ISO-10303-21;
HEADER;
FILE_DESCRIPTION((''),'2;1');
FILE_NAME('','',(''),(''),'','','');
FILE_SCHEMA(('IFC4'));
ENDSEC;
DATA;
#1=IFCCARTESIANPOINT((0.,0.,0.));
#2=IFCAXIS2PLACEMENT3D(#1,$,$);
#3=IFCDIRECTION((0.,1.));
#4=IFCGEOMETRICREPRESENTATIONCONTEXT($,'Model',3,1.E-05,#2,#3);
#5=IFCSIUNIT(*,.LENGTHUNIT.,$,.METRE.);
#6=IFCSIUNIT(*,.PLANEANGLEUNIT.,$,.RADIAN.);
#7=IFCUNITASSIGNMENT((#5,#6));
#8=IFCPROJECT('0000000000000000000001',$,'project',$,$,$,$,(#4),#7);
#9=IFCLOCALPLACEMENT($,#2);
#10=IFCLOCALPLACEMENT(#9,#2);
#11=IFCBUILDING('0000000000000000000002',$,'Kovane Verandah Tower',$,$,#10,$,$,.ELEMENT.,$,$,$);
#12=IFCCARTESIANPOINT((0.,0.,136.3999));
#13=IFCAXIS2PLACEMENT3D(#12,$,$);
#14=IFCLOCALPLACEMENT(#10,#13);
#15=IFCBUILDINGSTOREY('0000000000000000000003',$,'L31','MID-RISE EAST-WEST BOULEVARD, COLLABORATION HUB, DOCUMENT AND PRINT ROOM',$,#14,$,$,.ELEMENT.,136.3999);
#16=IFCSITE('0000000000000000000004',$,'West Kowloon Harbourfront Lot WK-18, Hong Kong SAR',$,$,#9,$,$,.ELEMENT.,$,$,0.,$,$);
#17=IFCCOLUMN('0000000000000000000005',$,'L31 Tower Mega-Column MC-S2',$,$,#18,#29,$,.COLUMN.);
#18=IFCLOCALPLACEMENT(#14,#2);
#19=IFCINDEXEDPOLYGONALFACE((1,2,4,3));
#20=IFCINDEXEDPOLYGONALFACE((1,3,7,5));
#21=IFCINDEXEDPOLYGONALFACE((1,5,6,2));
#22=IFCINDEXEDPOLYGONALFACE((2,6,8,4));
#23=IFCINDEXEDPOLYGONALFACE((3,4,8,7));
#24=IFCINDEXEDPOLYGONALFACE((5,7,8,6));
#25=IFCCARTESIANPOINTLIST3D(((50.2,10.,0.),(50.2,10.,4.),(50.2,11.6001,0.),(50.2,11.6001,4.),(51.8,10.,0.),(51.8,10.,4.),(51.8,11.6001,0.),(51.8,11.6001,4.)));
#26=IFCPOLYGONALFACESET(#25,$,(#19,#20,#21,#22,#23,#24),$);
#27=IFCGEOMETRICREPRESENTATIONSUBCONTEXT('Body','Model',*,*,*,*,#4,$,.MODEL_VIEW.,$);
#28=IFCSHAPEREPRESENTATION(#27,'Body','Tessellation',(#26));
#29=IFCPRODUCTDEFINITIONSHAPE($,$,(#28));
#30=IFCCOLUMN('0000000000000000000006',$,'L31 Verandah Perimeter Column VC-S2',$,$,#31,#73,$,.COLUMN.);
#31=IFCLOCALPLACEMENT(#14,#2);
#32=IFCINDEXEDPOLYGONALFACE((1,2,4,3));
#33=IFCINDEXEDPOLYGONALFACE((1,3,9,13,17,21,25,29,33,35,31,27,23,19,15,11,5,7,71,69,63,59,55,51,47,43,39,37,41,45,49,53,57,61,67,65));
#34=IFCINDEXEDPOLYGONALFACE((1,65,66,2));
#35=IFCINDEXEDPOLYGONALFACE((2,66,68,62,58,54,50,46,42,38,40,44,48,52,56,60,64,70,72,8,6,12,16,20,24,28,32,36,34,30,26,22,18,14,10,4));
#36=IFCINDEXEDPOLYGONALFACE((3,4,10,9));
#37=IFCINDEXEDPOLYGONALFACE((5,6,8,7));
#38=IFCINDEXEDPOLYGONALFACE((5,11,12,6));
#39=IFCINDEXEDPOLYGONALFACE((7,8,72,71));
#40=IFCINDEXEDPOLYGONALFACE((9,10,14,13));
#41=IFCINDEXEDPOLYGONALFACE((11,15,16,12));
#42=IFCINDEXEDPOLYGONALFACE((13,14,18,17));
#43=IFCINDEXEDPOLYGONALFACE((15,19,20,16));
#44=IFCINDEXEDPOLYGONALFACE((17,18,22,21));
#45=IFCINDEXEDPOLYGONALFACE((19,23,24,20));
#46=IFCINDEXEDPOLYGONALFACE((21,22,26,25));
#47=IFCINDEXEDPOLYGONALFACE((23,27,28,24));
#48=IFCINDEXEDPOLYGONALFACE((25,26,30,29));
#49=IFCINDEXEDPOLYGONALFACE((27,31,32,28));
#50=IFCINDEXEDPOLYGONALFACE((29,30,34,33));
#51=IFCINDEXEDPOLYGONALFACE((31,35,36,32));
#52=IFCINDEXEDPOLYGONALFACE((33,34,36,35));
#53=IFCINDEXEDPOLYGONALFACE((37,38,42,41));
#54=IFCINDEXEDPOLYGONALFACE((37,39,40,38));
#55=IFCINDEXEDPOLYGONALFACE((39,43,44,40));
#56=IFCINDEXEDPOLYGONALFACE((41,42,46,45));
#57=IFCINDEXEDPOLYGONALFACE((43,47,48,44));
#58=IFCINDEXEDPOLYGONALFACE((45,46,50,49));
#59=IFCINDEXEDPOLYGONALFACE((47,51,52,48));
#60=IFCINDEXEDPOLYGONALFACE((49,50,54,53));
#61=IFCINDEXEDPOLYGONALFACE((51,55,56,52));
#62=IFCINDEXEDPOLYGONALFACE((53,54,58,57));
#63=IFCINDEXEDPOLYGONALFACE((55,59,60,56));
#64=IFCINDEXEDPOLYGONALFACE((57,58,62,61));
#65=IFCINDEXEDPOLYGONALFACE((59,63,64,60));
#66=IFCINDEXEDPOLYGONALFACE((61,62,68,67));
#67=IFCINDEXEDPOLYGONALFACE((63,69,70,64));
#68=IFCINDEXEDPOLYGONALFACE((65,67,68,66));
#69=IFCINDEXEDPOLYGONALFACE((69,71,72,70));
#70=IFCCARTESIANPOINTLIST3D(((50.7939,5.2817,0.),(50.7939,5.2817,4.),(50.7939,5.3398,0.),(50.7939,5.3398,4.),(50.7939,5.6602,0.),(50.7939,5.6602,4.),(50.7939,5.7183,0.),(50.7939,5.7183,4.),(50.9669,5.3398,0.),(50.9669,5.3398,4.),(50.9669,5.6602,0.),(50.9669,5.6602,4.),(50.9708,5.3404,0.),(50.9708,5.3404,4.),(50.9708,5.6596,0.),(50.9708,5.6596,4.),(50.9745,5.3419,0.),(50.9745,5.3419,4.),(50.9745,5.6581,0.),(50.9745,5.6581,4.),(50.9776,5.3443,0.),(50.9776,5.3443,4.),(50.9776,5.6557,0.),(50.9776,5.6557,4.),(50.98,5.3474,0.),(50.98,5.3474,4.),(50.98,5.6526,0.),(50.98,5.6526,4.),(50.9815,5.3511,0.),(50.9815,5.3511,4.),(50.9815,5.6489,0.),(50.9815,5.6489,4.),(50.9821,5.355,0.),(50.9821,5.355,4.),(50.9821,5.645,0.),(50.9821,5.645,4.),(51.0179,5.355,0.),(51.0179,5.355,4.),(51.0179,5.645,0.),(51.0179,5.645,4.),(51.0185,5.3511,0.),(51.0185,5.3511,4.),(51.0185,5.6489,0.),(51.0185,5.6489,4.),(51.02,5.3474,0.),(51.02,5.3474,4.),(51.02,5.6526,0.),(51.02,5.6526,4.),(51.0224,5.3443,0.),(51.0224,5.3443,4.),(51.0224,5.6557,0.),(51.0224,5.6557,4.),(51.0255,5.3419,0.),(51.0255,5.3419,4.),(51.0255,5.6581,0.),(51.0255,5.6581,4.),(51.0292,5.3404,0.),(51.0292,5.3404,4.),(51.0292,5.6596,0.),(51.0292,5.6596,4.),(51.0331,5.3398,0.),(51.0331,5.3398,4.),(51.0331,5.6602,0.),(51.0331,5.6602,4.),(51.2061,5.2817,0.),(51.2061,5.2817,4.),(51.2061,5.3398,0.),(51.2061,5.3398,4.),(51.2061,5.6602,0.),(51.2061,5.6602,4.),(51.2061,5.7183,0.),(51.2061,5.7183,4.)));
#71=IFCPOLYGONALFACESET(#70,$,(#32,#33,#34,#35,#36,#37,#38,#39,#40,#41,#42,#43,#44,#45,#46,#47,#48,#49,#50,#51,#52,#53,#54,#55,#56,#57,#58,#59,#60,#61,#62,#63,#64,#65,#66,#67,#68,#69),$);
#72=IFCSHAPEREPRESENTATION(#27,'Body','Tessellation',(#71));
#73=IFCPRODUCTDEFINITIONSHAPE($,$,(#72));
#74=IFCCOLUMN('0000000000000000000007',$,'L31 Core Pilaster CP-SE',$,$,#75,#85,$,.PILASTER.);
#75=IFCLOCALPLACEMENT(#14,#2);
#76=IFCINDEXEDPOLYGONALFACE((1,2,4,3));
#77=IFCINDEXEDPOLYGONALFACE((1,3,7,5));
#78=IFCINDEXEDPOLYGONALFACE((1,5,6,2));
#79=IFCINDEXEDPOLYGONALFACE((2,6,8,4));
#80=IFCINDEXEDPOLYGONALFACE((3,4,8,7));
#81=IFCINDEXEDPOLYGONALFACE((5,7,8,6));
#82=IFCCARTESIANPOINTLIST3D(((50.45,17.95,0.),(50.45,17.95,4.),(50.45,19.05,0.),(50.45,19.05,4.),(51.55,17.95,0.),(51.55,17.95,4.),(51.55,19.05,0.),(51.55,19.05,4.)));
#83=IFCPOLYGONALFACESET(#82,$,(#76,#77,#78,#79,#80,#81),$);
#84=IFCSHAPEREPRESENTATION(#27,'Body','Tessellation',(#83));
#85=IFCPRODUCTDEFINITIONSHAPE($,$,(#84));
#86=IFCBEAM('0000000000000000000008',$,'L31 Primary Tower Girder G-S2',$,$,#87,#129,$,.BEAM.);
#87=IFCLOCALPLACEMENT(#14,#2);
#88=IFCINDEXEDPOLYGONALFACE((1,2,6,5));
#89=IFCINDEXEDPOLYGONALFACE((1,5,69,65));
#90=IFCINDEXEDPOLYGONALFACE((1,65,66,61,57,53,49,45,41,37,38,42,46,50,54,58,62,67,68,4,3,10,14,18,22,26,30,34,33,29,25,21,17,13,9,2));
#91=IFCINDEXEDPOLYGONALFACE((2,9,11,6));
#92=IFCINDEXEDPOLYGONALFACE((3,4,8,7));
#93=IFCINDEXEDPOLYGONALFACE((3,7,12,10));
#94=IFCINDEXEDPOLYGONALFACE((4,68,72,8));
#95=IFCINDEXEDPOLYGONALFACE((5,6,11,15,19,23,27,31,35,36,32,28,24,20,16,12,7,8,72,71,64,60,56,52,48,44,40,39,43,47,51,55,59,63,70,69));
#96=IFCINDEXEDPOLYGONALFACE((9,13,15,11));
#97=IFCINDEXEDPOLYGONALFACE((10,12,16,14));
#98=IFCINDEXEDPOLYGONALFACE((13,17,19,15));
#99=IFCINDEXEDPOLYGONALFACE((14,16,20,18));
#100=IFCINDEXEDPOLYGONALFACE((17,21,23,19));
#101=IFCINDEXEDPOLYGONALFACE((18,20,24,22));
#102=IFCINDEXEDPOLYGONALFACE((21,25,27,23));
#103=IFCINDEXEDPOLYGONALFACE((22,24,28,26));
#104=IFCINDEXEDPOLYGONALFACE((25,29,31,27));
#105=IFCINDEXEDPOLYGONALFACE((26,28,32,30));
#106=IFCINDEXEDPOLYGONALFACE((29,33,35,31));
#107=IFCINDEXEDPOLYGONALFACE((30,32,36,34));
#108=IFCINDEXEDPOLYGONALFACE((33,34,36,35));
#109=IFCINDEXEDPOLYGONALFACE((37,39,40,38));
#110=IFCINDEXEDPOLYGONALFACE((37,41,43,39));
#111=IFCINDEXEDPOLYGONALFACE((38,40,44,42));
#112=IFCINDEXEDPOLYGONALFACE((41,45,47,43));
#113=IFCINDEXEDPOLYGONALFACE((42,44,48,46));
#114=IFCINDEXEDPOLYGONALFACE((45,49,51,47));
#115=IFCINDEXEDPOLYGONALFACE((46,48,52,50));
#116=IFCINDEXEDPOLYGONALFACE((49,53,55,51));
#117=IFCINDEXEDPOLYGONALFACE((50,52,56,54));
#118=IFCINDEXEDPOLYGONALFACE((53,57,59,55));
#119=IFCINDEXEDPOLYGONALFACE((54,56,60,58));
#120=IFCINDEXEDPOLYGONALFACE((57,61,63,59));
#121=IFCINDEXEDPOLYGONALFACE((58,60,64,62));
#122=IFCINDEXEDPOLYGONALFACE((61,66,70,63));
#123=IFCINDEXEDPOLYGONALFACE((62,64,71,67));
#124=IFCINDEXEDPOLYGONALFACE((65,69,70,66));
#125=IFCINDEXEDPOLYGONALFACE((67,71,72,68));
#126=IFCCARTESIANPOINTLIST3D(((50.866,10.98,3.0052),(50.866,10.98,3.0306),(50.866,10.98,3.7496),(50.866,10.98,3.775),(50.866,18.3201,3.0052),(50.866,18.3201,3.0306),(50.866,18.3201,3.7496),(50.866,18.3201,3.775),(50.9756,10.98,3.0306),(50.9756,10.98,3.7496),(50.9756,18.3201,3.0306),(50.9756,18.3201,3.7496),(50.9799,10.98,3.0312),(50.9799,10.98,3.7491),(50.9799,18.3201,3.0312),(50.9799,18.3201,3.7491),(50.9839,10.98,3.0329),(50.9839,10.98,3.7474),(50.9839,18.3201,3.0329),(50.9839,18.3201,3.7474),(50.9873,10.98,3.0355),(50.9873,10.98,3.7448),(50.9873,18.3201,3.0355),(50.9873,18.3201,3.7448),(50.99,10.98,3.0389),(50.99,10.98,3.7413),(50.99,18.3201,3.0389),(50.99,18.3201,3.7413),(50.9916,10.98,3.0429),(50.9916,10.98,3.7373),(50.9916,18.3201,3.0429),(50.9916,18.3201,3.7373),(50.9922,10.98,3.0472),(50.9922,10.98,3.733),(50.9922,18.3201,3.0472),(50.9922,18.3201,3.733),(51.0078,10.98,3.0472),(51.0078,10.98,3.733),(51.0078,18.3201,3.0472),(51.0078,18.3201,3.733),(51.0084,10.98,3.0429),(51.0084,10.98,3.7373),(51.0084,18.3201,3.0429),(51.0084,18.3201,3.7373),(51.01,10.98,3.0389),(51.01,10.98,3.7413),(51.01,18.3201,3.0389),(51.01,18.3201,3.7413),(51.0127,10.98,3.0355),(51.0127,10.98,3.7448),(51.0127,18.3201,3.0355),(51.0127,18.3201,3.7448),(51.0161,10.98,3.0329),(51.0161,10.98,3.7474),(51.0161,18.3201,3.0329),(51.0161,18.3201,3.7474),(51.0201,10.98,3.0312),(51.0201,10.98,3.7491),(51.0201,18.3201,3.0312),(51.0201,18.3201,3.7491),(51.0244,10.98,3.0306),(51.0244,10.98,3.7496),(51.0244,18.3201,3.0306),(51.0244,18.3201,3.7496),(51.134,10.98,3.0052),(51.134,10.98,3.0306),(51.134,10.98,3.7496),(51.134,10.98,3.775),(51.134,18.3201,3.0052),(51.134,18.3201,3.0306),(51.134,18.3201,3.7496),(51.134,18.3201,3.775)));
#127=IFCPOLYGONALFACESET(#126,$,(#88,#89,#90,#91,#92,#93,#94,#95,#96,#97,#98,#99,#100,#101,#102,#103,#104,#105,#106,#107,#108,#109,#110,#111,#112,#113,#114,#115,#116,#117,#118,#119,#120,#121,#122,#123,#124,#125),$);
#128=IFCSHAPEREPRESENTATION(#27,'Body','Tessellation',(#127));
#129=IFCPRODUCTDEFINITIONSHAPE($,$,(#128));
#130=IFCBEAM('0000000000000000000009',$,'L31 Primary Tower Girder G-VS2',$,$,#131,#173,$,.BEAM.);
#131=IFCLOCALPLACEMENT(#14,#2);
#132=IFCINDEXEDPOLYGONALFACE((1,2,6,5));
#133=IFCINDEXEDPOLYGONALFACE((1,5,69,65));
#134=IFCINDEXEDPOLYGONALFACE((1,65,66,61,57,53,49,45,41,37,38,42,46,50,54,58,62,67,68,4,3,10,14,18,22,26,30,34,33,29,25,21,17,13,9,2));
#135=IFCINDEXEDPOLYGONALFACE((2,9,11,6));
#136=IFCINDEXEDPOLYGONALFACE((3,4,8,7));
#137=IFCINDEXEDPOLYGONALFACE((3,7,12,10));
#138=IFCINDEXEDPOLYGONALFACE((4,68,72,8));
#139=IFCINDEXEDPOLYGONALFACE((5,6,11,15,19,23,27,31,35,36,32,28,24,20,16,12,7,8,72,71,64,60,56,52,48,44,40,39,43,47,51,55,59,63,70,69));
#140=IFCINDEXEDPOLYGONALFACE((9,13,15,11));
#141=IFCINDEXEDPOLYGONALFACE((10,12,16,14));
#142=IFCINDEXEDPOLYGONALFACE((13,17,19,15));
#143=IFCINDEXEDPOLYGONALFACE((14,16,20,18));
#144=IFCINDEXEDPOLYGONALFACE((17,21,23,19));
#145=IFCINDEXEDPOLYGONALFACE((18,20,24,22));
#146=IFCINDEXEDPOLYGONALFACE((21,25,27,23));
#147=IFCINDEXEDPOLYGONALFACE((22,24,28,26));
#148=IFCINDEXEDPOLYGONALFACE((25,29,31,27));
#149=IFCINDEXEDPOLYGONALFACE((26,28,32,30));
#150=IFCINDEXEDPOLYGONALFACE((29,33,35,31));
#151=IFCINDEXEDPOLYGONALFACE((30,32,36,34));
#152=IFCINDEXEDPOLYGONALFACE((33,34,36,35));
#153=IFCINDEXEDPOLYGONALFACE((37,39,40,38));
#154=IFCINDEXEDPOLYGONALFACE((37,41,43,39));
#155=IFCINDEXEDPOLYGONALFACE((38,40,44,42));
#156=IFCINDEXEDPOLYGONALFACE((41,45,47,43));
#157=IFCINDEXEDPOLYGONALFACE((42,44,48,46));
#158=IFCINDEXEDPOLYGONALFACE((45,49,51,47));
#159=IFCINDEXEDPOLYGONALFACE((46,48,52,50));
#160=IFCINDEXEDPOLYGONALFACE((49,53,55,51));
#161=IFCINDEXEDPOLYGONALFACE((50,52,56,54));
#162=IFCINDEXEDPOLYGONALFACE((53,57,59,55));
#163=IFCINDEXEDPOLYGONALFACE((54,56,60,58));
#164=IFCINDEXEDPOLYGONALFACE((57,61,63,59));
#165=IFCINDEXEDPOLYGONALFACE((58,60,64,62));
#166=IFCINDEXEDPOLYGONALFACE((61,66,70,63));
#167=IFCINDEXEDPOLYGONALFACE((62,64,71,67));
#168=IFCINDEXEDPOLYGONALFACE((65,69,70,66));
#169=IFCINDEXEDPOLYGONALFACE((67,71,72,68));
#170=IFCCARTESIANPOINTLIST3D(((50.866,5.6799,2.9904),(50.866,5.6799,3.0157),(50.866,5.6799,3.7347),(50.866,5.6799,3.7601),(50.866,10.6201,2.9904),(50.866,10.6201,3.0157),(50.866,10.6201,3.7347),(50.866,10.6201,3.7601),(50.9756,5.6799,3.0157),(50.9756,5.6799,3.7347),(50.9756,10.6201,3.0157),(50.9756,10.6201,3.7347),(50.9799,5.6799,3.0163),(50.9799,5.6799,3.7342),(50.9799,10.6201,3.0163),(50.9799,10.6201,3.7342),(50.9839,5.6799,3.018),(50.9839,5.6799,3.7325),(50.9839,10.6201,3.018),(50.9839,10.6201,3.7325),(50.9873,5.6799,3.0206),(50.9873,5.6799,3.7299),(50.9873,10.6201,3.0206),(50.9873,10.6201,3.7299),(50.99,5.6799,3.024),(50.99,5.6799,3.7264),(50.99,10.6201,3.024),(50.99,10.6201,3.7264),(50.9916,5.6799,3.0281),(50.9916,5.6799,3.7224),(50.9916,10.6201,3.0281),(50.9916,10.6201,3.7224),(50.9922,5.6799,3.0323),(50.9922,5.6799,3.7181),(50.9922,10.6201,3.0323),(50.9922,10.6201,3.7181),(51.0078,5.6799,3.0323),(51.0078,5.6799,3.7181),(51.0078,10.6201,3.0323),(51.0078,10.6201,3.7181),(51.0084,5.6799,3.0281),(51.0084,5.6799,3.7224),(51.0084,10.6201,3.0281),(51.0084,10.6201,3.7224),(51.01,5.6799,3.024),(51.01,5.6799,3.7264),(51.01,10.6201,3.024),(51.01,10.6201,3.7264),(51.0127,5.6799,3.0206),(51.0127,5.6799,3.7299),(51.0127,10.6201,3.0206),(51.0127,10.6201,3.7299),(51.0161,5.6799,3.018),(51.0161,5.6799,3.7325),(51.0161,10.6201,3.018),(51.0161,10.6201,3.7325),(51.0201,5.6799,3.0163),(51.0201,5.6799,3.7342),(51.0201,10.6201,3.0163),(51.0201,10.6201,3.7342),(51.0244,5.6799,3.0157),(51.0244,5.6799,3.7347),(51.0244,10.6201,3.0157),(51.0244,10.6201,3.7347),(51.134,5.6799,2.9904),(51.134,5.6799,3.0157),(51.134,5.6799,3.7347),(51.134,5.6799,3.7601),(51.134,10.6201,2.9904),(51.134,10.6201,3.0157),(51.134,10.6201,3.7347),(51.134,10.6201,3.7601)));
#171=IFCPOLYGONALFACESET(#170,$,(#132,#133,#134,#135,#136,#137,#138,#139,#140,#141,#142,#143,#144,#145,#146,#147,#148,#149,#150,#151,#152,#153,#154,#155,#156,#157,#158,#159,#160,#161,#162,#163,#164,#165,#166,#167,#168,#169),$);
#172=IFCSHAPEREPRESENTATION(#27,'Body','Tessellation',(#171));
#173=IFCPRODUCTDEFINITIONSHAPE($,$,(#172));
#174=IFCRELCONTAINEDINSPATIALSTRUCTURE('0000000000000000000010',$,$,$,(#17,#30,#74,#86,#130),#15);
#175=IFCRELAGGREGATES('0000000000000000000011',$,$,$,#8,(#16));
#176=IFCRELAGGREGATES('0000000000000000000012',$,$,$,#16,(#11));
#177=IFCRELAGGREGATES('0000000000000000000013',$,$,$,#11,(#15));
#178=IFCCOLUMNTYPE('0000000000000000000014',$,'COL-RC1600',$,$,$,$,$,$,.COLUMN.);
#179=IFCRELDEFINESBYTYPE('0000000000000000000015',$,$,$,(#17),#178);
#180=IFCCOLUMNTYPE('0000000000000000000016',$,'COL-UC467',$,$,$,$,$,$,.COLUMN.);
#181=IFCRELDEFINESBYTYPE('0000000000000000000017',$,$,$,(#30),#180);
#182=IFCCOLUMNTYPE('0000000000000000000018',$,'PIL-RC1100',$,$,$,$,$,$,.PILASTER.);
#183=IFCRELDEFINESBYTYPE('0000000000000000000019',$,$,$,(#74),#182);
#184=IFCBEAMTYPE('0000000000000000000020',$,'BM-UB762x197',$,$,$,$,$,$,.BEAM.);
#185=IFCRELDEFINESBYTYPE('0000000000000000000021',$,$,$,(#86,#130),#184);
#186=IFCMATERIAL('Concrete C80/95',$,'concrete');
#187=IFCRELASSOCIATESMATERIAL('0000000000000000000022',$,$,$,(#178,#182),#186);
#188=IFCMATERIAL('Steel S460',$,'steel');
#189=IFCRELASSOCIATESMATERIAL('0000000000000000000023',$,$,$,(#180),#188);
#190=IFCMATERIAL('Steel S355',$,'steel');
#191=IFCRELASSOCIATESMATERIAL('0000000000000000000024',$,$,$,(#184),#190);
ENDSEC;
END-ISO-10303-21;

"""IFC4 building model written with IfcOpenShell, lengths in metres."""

from ifc_helpers import new_model, si_unit, direction, frame, origin, origin_2d, place, context, subcontext, project, spatial, rectangle, i_section, extrude, material, material_profile, profile_set, type_object, element, save


model = new_model("IFC4")

# Units and contexts
model_context = context("Model", 3, precision=1e-05, world=origin(), true_north=direction((0.0, 1.0)))
body_context = subcontext(model_context, "Body", "Model", "MODEL_VIEW")
ifc_project = project(units=[si_unit("LENGTHUNIT", "METRE"), si_unit("PLANEANGLEUNIT", "RADIAN")], contexts=[model_context])

# Site, building, storey
site_placement = place(None, origin())
site = spatial("IfcSite", under=ifc_project, at=site_placement, Name="West Kowloon Harbourfront Lot WK-18, Hong Kong SAR", CompositionType="ELEMENT", RefElevation=0.0)
building_placement = place(site_placement, origin())
building = spatial("IfcBuilding", under=site, at=building_placement, Name="Kovane Verandah Tower", CompositionType="ELEMENT")
storey_placement = place(building_placement, frame((0.0, 0.0, 136.3999)))
storey = spatial("IfcBuildingStorey", under=building, at=storey_placement, Name="L31", Description="MID-RISE EAST-WEST BOULEVARD, COLLABORATION HUB, DOCUMENT AND PRINT ROOM", CompositionType="ELEMENT", Elevation=136.3999)

# Columns
ifc_material_1 = material(Name="Concrete C80/95", Category="concrete")
ifc_material_profile_1 = material_profile(ifc_material_1, rectangle(XDim=1.6001, YDim=1.6001, at=origin_2d()), Name="RC1600x1600")
ifc_profile_set_1 = profile_set([ifc_material_profile_1], Name="Concrete C80/95")
column_type_1 = type_object("IfcColumnType", Name="COL-RC1600", PredefinedType="COLUMN", material=ifc_profile_set_1)
column_1_placement = place(storey_placement, frame((51.0, 10.8, 0.0), z_axis=(0.0, 0.0, 1.0), x_axis=(1.0, 0.0, 0.0)))
element("IfcColumn", 1, at=column_1_placement, inside=storey, type_object=column_type_1, Name="L31 Tower Mega-Column MC-S2", PredefinedType="COLUMN", context=body_context, shape_type="SweptSolid", body=[
    extrude(rectangle(XDim=1.6001, YDim=1.6001, at=origin_2d()), origin(), (0.0, 0.0, 1.0), 4.0),
])
ifc_material_2 = material(Name="Steel S460", Category="steel")
ifc_material_profile_2 = material_profile(ifc_material_2, i_section(OverallWidth=0.4121, OverallDepth=0.4365, WebThickness=0.0359, FlangeThickness=0.0581, FilletRadius=0.0151, at=origin_2d()), Name="UC356x406x467")
ifc_profile_set_2 = profile_set([ifc_material_profile_2], Name="Steel S460")
column_type_2 = type_object("IfcColumnType", Name="COL-UC467", PredefinedType="COLUMN", material=ifc_profile_set_2)
column_2_placement = place(storey_placement, frame((51.0, 5.5, 0.0), z_axis=(0.0, 0.0, 1.0), x_axis=(1.0, 0.0, 0.0)))
element("IfcColumn", 2, at=column_2_placement, inside=storey, type_object=column_type_2, Name="L31 Verandah Perimeter Column VC-S2", PredefinedType="COLUMN", context=body_context, shape_type="SweptSolid", body=[
    extrude(i_section(OverallWidth=0.4121, OverallDepth=0.4365, WebThickness=0.0359, FlangeThickness=0.0581, FilletRadius=0.0151, at=origin_2d()), origin(), (0.0, 0.0, 1.0), 4.0),
])
ifc_material_profile_3 = material_profile(ifc_material_1, rectangle(XDim=1.1001, YDim=1.1001, at=origin_2d()), Name="RC1100x1100")
ifc_profile_set_3 = profile_set([ifc_material_profile_3], Name="Concrete C80/95")
column_type_3 = type_object("IfcColumnType", Name="PIL-RC1100", PredefinedType="PILASTER", material=ifc_profile_set_3)
column_3_placement = place(storey_placement, frame((51.0, 18.5, 0.0), z_axis=(0.0, 0.0, 1.0), x_axis=(1.0, 0.0, 0.0)))
element("IfcColumn", 3, at=column_3_placement, inside=storey, type_object=column_type_3, Name="L31 Core Pilaster CP-SE", PredefinedType="PILASTER", context=body_context, shape_type="SweptSolid", body=[
    extrude(rectangle(XDim=1.1001, YDim=1.1001, at=origin_2d()), origin(), (0.0, 0.0, 1.0), 4.0),
])

# Beams
ifc_material_3 = material(Name="Steel S355", Category="steel")
ifc_material_profile_4 = material_profile(ifc_material_3, i_section(OverallWidth=0.2681, OverallDepth=0.7698, WebThickness=0.0156, FlangeThickness=0.0254, FilletRadius=0.0166, at=origin_2d()), Name="UB762x267x197")
ifc_profile_set_4 = profile_set([ifc_material_profile_4], Name="Steel S355")
beam_type_1 = type_object("IfcBeamType", Name="BM-UB762x197", PredefinedType="BEAM", material=ifc_profile_set_4)
beam_1_placement = place(storey_placement, frame((51.0, 18.3201, 3.3901), z_axis=(0.0, -1.0, 0.0), x_axis=(1.0, 0.0, 0.0)))
element("IfcBeam", 4, at=beam_1_placement, inside=storey, type_object=beam_type_1, Name="L31 Primary Tower Girder G-S2", PredefinedType="BEAM", context=body_context, shape_type="SweptSolid", body=[
    extrude(i_section(OverallWidth=0.2681, OverallDepth=0.7698, WebThickness=0.0156, FlangeThickness=0.0254, FilletRadius=0.0166, at=origin_2d()), origin(), (0.0, 0.0, 1.0), 7.3401),
])
beam_2_placement = place(storey_placement, frame((51.0, 10.6201, 3.3752), z_axis=(0.0, -1.0, 0.0), x_axis=(1.0, 0.0, 0.0)))
element("IfcBeam", 5, at=beam_2_placement, inside=storey, type_object=beam_type_1, Name="L31 Primary Tower Girder G-VS2", PredefinedType="BEAM", context=body_context, shape_type="SweptSolid", body=[
    extrude(i_section(OverallWidth=0.2681, OverallDepth=0.7698, WebThickness=0.0156, FlangeThickness=0.0254, FilletRadius=0.0166, at=origin_2d()), origin(), (0.0, 0.0, 1.0), 4.9402),
])

save(model, "model.ifc")
